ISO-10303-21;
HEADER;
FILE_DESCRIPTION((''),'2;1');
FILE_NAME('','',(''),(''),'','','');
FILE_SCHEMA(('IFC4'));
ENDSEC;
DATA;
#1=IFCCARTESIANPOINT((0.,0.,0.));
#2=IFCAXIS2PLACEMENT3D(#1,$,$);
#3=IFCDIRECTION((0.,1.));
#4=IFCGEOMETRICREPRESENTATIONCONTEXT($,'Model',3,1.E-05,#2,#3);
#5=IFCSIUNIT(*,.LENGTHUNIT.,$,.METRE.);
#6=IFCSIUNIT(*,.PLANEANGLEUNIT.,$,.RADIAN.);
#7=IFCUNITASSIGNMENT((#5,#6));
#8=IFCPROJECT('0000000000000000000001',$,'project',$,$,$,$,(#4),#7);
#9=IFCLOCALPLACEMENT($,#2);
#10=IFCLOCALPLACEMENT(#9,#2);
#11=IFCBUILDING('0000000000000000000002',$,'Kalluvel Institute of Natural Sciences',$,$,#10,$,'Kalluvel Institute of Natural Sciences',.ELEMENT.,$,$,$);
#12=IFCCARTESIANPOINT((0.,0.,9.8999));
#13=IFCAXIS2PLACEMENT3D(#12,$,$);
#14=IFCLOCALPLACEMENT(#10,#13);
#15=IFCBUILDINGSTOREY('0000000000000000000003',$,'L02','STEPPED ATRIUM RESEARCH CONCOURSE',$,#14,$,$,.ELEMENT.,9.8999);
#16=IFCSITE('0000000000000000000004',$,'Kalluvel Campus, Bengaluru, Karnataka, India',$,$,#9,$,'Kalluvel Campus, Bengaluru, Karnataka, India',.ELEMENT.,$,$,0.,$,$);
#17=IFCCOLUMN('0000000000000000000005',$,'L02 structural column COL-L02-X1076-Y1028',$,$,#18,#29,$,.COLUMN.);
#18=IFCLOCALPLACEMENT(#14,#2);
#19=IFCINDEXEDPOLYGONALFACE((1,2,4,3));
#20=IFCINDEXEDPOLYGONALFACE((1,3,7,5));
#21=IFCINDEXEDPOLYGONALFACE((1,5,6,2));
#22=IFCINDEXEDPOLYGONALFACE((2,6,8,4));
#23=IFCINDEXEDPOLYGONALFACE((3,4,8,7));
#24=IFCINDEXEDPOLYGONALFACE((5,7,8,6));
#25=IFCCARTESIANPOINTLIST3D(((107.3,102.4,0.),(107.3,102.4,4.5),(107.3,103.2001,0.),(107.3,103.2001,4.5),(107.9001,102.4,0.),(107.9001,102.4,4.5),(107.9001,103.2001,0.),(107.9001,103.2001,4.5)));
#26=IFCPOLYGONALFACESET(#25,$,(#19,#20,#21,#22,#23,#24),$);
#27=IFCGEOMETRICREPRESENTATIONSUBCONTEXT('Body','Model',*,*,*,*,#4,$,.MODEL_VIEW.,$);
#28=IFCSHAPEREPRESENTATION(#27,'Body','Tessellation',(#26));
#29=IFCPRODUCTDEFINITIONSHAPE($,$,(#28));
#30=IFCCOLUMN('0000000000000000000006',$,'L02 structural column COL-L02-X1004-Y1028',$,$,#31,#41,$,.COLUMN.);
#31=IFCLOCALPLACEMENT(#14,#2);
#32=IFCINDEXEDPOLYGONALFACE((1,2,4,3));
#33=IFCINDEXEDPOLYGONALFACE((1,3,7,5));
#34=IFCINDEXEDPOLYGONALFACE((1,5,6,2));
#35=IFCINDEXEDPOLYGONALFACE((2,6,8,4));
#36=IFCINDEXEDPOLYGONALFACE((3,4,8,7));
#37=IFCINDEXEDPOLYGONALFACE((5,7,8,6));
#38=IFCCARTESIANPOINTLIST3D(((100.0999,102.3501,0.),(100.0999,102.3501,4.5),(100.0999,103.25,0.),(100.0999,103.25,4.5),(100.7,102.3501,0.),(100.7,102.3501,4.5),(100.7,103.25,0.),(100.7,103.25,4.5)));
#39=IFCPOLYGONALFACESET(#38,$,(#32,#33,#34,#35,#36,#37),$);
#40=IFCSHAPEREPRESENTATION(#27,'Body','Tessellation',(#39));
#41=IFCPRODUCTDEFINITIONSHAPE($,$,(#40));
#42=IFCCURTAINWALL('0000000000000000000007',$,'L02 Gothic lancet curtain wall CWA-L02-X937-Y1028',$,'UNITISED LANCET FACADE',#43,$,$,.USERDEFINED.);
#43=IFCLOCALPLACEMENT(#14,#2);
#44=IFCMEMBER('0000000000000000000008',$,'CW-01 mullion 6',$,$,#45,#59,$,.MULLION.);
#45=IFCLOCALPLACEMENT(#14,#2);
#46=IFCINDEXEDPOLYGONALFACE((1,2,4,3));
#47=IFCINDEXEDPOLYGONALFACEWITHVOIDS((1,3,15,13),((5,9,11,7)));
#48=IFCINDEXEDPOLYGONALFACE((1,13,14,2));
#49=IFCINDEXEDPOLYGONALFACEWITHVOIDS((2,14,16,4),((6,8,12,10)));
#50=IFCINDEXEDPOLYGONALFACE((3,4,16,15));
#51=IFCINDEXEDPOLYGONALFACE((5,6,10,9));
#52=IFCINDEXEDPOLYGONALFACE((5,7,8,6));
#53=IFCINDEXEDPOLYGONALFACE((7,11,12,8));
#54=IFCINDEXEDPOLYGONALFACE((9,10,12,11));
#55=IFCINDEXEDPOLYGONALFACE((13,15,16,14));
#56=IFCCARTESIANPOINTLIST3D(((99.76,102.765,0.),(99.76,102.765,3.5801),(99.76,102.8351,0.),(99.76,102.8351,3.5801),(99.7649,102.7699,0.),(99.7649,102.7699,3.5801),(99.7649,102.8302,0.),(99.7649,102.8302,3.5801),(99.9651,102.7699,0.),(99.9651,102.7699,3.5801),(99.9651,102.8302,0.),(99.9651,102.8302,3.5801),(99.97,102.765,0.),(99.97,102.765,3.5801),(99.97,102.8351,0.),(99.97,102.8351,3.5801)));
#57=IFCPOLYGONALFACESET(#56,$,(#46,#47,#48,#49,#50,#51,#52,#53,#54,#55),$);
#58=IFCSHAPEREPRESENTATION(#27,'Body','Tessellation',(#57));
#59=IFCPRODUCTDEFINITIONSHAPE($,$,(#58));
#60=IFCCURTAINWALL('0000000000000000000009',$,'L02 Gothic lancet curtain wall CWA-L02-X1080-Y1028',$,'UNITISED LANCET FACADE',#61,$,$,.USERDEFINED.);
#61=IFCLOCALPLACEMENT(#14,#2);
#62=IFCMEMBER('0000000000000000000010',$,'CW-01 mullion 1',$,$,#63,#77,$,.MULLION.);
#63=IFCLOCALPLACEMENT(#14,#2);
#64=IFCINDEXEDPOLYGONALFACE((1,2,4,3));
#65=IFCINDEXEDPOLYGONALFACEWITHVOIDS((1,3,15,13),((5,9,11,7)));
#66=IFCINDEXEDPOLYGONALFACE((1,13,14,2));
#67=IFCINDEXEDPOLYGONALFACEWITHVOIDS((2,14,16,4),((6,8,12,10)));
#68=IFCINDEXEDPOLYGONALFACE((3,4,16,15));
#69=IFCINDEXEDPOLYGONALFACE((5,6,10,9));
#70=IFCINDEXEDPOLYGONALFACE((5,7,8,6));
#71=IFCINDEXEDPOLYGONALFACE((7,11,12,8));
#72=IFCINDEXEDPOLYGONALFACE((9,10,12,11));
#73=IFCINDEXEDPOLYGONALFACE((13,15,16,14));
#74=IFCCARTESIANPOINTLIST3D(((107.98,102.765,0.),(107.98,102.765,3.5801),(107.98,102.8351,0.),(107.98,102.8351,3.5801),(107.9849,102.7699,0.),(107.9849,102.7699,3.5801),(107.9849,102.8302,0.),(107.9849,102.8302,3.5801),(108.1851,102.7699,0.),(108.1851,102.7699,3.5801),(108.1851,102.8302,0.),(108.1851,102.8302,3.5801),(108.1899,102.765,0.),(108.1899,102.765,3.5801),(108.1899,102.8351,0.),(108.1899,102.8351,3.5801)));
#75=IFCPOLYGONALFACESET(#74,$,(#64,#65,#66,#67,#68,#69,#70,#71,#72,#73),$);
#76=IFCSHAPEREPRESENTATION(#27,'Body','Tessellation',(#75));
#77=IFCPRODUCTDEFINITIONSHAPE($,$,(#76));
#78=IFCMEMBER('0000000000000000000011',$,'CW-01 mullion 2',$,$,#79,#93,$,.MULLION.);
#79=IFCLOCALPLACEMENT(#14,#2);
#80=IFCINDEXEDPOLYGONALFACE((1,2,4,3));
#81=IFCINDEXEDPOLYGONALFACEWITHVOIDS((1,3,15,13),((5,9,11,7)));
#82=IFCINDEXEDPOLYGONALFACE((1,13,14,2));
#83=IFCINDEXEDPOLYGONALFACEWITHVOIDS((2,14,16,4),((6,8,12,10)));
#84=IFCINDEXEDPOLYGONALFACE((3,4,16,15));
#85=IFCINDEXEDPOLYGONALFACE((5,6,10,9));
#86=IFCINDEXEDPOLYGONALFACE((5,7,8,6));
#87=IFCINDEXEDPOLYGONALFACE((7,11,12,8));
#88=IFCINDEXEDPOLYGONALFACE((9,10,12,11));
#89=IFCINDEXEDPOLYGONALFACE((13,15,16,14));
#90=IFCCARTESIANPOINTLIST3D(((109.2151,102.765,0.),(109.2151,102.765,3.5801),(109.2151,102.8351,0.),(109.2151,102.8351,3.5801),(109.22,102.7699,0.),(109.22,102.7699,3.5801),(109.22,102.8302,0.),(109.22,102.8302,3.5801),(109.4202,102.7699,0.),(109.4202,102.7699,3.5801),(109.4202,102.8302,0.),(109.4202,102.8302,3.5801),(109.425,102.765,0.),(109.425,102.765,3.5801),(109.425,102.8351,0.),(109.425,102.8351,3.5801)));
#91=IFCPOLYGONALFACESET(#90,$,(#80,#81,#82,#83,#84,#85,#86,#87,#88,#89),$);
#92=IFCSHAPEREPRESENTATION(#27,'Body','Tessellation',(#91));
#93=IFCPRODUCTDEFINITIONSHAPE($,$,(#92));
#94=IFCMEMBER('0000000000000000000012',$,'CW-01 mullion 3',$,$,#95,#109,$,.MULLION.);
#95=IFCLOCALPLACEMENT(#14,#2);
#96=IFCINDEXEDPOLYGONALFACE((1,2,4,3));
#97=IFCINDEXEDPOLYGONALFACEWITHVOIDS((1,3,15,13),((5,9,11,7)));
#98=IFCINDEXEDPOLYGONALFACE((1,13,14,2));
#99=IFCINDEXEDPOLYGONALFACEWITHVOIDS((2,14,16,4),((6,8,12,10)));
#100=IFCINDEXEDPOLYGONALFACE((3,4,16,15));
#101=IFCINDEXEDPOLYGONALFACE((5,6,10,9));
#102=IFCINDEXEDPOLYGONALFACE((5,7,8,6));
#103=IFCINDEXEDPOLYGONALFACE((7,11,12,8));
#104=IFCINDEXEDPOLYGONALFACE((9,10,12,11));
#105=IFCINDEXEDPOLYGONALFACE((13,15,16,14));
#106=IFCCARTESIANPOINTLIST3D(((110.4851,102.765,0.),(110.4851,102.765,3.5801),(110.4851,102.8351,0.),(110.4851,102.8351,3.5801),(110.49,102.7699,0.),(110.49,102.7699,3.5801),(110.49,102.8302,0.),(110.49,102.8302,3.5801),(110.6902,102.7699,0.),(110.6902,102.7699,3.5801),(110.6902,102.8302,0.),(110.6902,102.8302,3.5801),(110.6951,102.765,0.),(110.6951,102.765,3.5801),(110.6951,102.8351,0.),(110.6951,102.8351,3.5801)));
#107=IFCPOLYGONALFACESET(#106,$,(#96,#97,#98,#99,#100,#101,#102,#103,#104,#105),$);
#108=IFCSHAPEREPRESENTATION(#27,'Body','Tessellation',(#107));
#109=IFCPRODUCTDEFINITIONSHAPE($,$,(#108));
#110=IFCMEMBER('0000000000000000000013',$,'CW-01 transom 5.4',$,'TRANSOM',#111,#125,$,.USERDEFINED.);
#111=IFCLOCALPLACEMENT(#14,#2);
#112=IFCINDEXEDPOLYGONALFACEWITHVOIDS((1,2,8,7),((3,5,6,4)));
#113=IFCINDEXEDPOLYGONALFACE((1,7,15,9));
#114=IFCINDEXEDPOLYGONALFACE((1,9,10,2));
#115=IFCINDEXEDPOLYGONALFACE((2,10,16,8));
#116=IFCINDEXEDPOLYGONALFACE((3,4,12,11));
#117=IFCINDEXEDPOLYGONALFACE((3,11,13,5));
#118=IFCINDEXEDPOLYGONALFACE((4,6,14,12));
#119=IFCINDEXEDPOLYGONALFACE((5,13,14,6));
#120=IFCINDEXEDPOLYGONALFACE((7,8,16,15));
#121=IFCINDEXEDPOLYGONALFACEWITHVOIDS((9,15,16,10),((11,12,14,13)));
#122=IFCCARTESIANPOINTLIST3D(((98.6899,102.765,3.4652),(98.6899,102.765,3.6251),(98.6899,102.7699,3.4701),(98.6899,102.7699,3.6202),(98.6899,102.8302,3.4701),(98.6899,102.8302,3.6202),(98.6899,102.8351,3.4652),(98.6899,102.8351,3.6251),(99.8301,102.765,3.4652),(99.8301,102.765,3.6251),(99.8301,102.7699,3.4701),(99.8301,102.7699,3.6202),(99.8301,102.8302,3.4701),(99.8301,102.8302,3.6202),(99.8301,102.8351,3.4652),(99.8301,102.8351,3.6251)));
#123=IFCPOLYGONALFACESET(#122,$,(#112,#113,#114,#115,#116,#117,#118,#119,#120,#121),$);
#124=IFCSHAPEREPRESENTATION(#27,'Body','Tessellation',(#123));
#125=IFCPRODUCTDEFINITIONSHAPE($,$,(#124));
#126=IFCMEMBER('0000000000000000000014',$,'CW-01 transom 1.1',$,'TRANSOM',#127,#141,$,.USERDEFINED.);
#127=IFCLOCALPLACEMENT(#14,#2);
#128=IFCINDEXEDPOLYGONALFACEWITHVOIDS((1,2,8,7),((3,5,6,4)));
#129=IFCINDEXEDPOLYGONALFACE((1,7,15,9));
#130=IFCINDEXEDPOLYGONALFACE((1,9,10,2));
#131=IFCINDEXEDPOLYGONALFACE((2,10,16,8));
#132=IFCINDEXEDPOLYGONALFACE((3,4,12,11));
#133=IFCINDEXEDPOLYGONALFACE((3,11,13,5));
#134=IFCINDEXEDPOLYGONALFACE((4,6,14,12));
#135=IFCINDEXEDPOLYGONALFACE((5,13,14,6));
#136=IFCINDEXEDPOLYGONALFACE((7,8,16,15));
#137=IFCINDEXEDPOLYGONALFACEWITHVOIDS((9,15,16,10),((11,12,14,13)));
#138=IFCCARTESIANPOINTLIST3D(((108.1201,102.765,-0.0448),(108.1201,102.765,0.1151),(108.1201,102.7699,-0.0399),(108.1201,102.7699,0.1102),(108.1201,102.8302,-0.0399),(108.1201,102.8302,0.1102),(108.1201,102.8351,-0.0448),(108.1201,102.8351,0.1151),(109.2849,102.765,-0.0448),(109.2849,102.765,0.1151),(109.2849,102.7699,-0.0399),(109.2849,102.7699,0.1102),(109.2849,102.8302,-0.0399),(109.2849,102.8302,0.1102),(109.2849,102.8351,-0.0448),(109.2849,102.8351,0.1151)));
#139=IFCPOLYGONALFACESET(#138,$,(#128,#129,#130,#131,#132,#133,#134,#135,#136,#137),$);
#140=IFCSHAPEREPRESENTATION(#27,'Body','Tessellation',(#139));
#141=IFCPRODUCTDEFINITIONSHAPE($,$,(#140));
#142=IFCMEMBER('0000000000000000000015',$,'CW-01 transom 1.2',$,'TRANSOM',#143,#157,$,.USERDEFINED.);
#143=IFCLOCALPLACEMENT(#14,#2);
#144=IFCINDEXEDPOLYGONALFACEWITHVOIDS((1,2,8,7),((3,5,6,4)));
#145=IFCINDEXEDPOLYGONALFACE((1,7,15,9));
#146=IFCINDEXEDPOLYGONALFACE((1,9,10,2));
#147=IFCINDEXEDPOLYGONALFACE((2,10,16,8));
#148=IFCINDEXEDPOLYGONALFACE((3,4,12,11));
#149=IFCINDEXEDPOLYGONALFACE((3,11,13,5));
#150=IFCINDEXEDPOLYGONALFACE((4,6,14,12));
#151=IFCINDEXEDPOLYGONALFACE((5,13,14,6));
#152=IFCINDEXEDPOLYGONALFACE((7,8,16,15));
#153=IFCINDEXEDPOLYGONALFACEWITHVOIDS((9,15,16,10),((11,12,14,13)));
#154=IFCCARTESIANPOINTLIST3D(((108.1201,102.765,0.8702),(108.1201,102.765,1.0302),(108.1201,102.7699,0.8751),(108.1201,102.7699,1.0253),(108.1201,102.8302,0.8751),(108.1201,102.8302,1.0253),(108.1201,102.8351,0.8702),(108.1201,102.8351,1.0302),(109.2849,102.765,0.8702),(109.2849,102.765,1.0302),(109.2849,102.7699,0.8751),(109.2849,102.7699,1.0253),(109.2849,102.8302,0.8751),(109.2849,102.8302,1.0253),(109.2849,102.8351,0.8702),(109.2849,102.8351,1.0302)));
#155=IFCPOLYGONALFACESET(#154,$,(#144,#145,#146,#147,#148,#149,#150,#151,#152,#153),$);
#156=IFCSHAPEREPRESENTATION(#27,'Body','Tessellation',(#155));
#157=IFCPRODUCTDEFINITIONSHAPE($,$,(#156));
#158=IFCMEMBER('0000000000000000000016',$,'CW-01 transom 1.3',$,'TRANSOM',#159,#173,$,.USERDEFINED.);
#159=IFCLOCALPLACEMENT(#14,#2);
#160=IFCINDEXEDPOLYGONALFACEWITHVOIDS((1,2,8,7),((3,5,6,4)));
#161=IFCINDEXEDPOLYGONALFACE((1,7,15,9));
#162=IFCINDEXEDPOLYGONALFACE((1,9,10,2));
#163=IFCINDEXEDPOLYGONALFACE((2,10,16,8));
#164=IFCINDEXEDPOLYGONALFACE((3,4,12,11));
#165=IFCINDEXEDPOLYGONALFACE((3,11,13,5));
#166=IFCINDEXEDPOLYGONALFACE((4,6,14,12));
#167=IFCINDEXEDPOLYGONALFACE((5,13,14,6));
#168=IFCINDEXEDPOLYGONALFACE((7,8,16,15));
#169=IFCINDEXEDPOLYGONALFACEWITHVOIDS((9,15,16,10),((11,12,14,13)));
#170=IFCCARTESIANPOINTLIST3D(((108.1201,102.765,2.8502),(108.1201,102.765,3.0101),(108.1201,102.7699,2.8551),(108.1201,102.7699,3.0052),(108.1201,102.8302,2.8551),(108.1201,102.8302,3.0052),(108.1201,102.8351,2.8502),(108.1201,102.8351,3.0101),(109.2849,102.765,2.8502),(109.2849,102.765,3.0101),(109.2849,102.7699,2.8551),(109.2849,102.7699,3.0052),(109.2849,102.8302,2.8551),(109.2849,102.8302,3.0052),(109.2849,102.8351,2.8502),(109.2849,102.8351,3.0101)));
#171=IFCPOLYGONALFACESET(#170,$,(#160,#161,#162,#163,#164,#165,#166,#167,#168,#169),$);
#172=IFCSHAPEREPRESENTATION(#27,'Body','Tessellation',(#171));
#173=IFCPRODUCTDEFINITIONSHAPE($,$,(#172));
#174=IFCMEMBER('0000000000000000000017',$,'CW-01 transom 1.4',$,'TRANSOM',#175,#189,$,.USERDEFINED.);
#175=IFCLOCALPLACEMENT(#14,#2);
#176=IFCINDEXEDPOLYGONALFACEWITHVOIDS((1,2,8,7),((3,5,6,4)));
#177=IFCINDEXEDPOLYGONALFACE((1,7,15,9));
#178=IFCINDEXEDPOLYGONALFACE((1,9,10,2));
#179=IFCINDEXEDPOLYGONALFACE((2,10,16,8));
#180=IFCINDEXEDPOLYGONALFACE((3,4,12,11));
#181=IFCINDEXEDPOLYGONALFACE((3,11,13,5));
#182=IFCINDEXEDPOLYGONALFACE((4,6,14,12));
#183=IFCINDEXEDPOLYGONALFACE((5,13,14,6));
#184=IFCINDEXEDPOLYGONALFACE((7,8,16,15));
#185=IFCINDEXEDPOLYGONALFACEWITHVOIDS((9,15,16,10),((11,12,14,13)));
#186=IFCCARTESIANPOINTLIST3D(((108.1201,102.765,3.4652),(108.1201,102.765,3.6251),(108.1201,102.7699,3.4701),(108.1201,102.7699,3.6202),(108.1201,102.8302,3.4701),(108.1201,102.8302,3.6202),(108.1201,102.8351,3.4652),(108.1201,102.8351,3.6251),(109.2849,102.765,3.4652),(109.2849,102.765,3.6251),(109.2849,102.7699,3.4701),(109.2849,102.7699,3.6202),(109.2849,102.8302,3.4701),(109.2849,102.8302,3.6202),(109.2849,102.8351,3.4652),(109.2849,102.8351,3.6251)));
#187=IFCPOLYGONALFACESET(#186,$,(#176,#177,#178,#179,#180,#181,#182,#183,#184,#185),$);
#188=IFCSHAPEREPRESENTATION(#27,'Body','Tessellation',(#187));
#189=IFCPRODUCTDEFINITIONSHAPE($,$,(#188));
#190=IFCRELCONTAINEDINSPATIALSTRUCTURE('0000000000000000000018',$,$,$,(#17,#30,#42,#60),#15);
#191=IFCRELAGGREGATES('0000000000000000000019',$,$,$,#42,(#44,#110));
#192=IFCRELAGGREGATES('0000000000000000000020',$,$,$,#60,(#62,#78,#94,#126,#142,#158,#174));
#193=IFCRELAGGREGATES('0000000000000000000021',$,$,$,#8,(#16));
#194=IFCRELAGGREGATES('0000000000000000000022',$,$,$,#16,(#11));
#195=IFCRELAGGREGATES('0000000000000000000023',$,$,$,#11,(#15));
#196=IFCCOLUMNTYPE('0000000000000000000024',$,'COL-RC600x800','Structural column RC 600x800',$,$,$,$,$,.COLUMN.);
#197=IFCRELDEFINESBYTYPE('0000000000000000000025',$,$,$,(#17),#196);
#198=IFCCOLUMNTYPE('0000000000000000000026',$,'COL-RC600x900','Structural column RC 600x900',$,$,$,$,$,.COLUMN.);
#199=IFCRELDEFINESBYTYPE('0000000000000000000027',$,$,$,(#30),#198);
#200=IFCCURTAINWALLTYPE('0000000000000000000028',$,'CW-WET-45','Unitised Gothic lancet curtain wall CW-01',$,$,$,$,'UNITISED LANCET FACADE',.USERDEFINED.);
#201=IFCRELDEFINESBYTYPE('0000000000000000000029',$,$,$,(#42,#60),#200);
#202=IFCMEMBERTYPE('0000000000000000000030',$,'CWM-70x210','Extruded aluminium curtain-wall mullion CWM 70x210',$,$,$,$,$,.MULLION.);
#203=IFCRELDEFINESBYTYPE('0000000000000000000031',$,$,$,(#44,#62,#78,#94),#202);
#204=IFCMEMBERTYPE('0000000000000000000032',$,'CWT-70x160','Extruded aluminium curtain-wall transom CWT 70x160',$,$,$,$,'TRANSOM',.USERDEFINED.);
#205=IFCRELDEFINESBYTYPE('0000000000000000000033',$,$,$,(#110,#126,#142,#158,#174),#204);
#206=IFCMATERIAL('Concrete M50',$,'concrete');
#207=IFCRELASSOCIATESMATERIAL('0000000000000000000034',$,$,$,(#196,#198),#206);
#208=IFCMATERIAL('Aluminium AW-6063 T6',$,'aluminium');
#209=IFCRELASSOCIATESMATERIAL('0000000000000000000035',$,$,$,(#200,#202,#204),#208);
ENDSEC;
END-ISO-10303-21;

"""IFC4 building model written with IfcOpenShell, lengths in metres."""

from ifc_helpers import new_model, si_unit, direction, frame, origin, origin_2d, place, context, subcontext, project, spatial, rectangle, hollow_rectangle, extrude, material, material_profile, profile_set, type_object, element, aggregate, save


model = new_model("IFC4")

# Units and contexts
model_context = context("Model", 3, precision=1e-05, world=origin(), true_north=direction((0.0, 1.0)))
body_context = subcontext(model_context, "Body", "Model", "MODEL_VIEW")
ifc_project = project(units=[si_unit("LENGTHUNIT", "METRE"), si_unit("PLANEANGLEUNIT", "RADIAN")], contexts=[model_context])

# Site, building, storey
site_placement = place(None, origin())
site = spatial("IfcSite", under=ifc_project, at=site_placement, Name="Kalluvel Campus, Bengaluru, Karnataka, India", LongName="Kalluvel Campus, Bengaluru, Karnataka, India", CompositionType="ELEMENT", RefElevation=0.0)
building_placement = place(site_placement, origin())
building = spatial("IfcBuilding", under=site, at=building_placement, Name="Kalluvel Institute of Natural Sciences", LongName="Kalluvel Institute of Natural Sciences", CompositionType="ELEMENT")
storey_placement = place(building_placement, frame((0.0, 0.0, 9.8999)))
storey = spatial("IfcBuildingStorey", under=building, at=storey_placement, Name="L02", Description="STEPPED ATRIUM RESEARCH CONCOURSE", CompositionType="ELEMENT", Elevation=9.8999)

# Columns
ifc_material_1 = material(Name="Concrete M50", Category="concrete")
ifc_material_profile_1 = material_profile(ifc_material_1, rectangle(XDim=0.6001, YDim=0.8, at=origin_2d()), Name="RC 600x800")
ifc_profile_set_1 = profile_set([ifc_material_profile_1], Name="Concrete M50")
column_type_1 = type_object("IfcColumnType", Name="COL-RC600x800", Description="Structural column RC 600x800", PredefinedType="COLUMN", material=ifc_profile_set_1)
column_1_placement = place(storey_placement, frame((107.6001, 102.8, 0.0), z_axis=(0.0, 0.0, 1.0), x_axis=(1.0, 0.0, 0.0)))
element("IfcColumn", 1, at=column_1_placement, inside=storey, type_object=column_type_1, Name="L02 structural column COL-L02-X1076-Y1028", PredefinedType="COLUMN", context=body_context, shape_type="SweptSolid", body=[
    extrude(rectangle(XDim=0.6001, YDim=0.8, at=origin_2d()), origin(), (0.0, 0.0, 1.0), 4.5),
])
ifc_material_profile_2 = material_profile(ifc_material_1, rectangle(XDim=0.6001, YDim=0.8999, at=origin_2d()), Name="RC 600x900")
ifc_profile_set_2 = profile_set([ifc_material_profile_2], Name="Concrete M50")
column_type_2 = type_object("IfcColumnType", Name="COL-RC600x900", Description="Structural column RC 600x900", PredefinedType="COLUMN", material=ifc_profile_set_2)
column_2_placement = place(storey_placement, frame((100.3999, 102.8, 0.0), z_axis=(0.0, 0.0, 1.0), x_axis=(1.0, 0.0, 0.0)))
element("IfcColumn", 2, at=column_2_placement, inside=storey, type_object=column_type_2, Name="L02 structural column COL-L02-X1004-Y1028", PredefinedType="COLUMN", context=body_context, shape_type="SweptSolid", body=[
    extrude(rectangle(XDim=0.6001, YDim=0.8999, at=origin_2d()), origin(), (0.0, 0.0, 1.0), 4.5),
])

# Curtain wall, member
ifc_material_2 = material(Name="Aluminium AW-6063 T6", Category="aluminium")
curtain_wall_type = type_object("IfcCurtainWallType", Name="CW-WET-45", Description="Unitised Gothic lancet curtain wall CW-01", ElementType="UNITISED LANCET FACADE", PredefinedType="USERDEFINED", material=ifc_material_2)
curtain_wall_1_placement = place(storey_placement, origin())
curtain_wall_1 = element("IfcCurtainWall", 3, at=curtain_wall_1_placement, inside=storey, type_object=curtain_wall_type, Name="L02 Gothic lancet curtain wall CWA-L02-X937-Y1028", ObjectType="UNITISED LANCET FACADE", PredefinedType="USERDEFINED")
ifc_material_profile_3 = material_profile(ifc_material_2, hollow_rectangle(XDim=0.0701, YDim=0.21, WallThickness=0.0049, at=origin_2d()), Name="CWM 70x210")
ifc_profile_set_3 = profile_set([ifc_material_profile_3], Name="Aluminium AW-6063 T6")
member_type_1 = type_object("IfcMemberType", Name="CWM-70x210", Description="Extruded aluminium curtain-wall mullion CWM 70x210", PredefinedType="MULLION", material=ifc_profile_set_3)
member_1_placement = place(storey_placement, frame((99.865, 102.8, 0.0), z_axis=(0.0, 0.0, 1.0), x_axis=(0.0, 1.0, 0.0)))
member_1 = element("IfcMember", 4, at=member_1_placement, type_object=member_type_1, Name="CW-01 mullion 6", PredefinedType="MULLION", context=body_context, shape_type="SweptSolid", body=[
    extrude(hollow_rectangle(XDim=0.0701, YDim=0.21, WallThickness=0.0049, at=origin_2d()), origin(), (0.0, 0.0, 1.0), 3.5801),
])

# Curtain wall, members
curtain_wall_2_placement = place(storey_placement, origin())
curtain_wall_2 = element("IfcCurtainWall", 5, at=curtain_wall_2_placement, inside=storey, type_object=curtain_wall_type, Name="L02 Gothic lancet curtain wall CWA-L02-X1080-Y1028", ObjectType="UNITISED LANCET FACADE", PredefinedType="USERDEFINED")
member_2_placement = place(storey_placement, frame((108.085, 102.8, 0.0), z_axis=(0.0, 0.0, 1.0), x_axis=(0.0, 1.0, 0.0)))
member_2 = element("IfcMember", 6, at=member_2_placement, type_object=member_type_1, Name="CW-01 mullion 1", PredefinedType="MULLION", context=body_context, shape_type="SweptSolid", body=[
    extrude(hollow_rectangle(XDim=0.0701, YDim=0.21, WallThickness=0.0049, at=origin_2d()), origin(), (0.0, 0.0, 1.0), 3.5801),
])
member_3_placement = place(storey_placement, frame((109.3201, 102.8, 0.0), z_axis=(0.0, 0.0, 1.0), x_axis=(0.0, 1.0, 0.0)))
member_3 = element("IfcMember", 7, at=member_3_placement, type_object=member_type_1, Name="CW-01 mullion 2", PredefinedType="MULLION", context=body_context, shape_type="SweptSolid", body=[
    extrude(hollow_rectangle(XDim=0.0701, YDim=0.21, WallThickness=0.0049, at=origin_2d()), origin(), (0.0, 0.0, 1.0), 3.5801),
])
member_4_placement = place(storey_placement, frame((110.5901, 102.8, 0.0), z_axis=(0.0, 0.0, 1.0), x_axis=(0.0, 1.0, 0.0)))
member_4 = element("IfcMember", 8, at=member_4_placement, type_object=member_type_1, Name="CW-01 mullion 3", PredefinedType="MULLION", context=body_context, shape_type="SweptSolid", body=[
    extrude(hollow_rectangle(XDim=0.0701, YDim=0.21, WallThickness=0.0049, at=origin_2d()), origin(), (0.0, 0.0, 1.0), 3.5801),
])

# Members
ifc_material_profile_4 = material_profile(ifc_material_2, hollow_rectangle(XDim=0.0701, YDim=0.1599, WallThickness=0.0049, at=origin_2d()), Name="CWT 70x160")
ifc_profile_set_4 = profile_set([ifc_material_profile_4], Name="Aluminium AW-6063 T6")
member_type_2 = type_object("IfcMemberType", Name="CWT-70x160", Description="Extruded aluminium curtain-wall transom CWT 70x160", ElementType="TRANSOM", PredefinedType="USERDEFINED", material=ifc_profile_set_4)
member_5_placement = place(storey_placement, frame((98.6899, 102.8, 3.5452), z_axis=(1.0, 0.0, 0.0), x_axis=(0.0, 1.0, 0.0)))
member_5 = element("IfcMember", 9, at=member_5_placement, type_object=member_type_2, Name="CW-01 transom 5.4", ObjectType="TRANSOM", PredefinedType="USERDEFINED", context=body_context, shape_type="SweptSolid", body=[
    extrude(hollow_rectangle(XDim=0.0701, YDim=0.1599, WallThickness=0.0049, at=origin_2d()), origin(), (0.0, 0.0, 1.0), 1.1401),
])
member_6_placement = place(storey_placement, frame((108.1201, 102.8, 0.0352), z_axis=(1.0, 0.0, 0.0), x_axis=(0.0, 1.0, 0.0)))
member_6 = element("IfcMember", 10, at=member_6_placement, type_object=member_type_2, Name="CW-01 transom 1.1", ObjectType="TRANSOM", PredefinedType="USERDEFINED", context=body_context, shape_type="SweptSolid", body=[
    extrude(hollow_rectangle(XDim=0.0701, YDim=0.1599, WallThickness=0.0049, at=origin_2d()), origin(), (0.0, 0.0, 1.0), 1.1648),
])
member_7_placement = place(storey_placement, frame((108.1201, 102.8, 0.9502), z_axis=(1.0, 0.0, 0.0), x_axis=(0.0, 1.0, 0.0)))
member_7 = element("IfcMember", 11, at=member_7_placement, type_object=member_type_2, Name="CW-01 transom 1.2", ObjectType="TRANSOM", PredefinedType="USERDEFINED", context=body_context, shape_type="SweptSolid", body=[
    extrude(hollow_rectangle(XDim=0.0701, YDim=0.1599, WallThickness=0.0049, at=origin_2d()), origin(), (0.0, 0.0, 1.0), 1.1648),
])
member_8_placement = place(storey_placement, frame((108.1201, 102.8, 2.9302), z_axis=(1.0, 0.0, 0.0), x_axis=(0.0, 1.0, 0.0)))
member_8 = element("IfcMember", 12, at=member_8_placement, type_object=member_type_2, Name="CW-01 transom 1.3", ObjectType="TRANSOM", PredefinedType="USERDEFINED", context=body_context, shape_type="SweptSolid", body=[
    extrude(hollow_rectangle(XDim=0.0701, YDim=0.1599, WallThickness=0.0049, at=origin_2d()), origin(), (0.0, 0.0, 1.0), 1.1648),
])
member_9_placement = place(storey_placement, frame((108.1201, 102.8, 3.5452), z_axis=(1.0, 0.0, 0.0), x_axis=(0.0, 1.0, 0.0)))
member_9 = element("IfcMember", 13, at=member_9_placement, type_object=member_type_2, Name="CW-01 transom 1.4", ObjectType="TRANSOM", PredefinedType="USERDEFINED", context=body_context, shape_type="SweptSolid", body=[
    extrude(hollow_rectangle(XDim=0.0701, YDim=0.1599, WallThickness=0.0049, at=origin_2d()), origin(), (0.0, 0.0, 1.0), 1.1648),
])

aggregate(curtain_wall_1, [member_1, member_5])
aggregate(curtain_wall_2, [member_2, member_3, member_4, member_6, member_7, member_8, member_9])

save(model, "model.ifc")
